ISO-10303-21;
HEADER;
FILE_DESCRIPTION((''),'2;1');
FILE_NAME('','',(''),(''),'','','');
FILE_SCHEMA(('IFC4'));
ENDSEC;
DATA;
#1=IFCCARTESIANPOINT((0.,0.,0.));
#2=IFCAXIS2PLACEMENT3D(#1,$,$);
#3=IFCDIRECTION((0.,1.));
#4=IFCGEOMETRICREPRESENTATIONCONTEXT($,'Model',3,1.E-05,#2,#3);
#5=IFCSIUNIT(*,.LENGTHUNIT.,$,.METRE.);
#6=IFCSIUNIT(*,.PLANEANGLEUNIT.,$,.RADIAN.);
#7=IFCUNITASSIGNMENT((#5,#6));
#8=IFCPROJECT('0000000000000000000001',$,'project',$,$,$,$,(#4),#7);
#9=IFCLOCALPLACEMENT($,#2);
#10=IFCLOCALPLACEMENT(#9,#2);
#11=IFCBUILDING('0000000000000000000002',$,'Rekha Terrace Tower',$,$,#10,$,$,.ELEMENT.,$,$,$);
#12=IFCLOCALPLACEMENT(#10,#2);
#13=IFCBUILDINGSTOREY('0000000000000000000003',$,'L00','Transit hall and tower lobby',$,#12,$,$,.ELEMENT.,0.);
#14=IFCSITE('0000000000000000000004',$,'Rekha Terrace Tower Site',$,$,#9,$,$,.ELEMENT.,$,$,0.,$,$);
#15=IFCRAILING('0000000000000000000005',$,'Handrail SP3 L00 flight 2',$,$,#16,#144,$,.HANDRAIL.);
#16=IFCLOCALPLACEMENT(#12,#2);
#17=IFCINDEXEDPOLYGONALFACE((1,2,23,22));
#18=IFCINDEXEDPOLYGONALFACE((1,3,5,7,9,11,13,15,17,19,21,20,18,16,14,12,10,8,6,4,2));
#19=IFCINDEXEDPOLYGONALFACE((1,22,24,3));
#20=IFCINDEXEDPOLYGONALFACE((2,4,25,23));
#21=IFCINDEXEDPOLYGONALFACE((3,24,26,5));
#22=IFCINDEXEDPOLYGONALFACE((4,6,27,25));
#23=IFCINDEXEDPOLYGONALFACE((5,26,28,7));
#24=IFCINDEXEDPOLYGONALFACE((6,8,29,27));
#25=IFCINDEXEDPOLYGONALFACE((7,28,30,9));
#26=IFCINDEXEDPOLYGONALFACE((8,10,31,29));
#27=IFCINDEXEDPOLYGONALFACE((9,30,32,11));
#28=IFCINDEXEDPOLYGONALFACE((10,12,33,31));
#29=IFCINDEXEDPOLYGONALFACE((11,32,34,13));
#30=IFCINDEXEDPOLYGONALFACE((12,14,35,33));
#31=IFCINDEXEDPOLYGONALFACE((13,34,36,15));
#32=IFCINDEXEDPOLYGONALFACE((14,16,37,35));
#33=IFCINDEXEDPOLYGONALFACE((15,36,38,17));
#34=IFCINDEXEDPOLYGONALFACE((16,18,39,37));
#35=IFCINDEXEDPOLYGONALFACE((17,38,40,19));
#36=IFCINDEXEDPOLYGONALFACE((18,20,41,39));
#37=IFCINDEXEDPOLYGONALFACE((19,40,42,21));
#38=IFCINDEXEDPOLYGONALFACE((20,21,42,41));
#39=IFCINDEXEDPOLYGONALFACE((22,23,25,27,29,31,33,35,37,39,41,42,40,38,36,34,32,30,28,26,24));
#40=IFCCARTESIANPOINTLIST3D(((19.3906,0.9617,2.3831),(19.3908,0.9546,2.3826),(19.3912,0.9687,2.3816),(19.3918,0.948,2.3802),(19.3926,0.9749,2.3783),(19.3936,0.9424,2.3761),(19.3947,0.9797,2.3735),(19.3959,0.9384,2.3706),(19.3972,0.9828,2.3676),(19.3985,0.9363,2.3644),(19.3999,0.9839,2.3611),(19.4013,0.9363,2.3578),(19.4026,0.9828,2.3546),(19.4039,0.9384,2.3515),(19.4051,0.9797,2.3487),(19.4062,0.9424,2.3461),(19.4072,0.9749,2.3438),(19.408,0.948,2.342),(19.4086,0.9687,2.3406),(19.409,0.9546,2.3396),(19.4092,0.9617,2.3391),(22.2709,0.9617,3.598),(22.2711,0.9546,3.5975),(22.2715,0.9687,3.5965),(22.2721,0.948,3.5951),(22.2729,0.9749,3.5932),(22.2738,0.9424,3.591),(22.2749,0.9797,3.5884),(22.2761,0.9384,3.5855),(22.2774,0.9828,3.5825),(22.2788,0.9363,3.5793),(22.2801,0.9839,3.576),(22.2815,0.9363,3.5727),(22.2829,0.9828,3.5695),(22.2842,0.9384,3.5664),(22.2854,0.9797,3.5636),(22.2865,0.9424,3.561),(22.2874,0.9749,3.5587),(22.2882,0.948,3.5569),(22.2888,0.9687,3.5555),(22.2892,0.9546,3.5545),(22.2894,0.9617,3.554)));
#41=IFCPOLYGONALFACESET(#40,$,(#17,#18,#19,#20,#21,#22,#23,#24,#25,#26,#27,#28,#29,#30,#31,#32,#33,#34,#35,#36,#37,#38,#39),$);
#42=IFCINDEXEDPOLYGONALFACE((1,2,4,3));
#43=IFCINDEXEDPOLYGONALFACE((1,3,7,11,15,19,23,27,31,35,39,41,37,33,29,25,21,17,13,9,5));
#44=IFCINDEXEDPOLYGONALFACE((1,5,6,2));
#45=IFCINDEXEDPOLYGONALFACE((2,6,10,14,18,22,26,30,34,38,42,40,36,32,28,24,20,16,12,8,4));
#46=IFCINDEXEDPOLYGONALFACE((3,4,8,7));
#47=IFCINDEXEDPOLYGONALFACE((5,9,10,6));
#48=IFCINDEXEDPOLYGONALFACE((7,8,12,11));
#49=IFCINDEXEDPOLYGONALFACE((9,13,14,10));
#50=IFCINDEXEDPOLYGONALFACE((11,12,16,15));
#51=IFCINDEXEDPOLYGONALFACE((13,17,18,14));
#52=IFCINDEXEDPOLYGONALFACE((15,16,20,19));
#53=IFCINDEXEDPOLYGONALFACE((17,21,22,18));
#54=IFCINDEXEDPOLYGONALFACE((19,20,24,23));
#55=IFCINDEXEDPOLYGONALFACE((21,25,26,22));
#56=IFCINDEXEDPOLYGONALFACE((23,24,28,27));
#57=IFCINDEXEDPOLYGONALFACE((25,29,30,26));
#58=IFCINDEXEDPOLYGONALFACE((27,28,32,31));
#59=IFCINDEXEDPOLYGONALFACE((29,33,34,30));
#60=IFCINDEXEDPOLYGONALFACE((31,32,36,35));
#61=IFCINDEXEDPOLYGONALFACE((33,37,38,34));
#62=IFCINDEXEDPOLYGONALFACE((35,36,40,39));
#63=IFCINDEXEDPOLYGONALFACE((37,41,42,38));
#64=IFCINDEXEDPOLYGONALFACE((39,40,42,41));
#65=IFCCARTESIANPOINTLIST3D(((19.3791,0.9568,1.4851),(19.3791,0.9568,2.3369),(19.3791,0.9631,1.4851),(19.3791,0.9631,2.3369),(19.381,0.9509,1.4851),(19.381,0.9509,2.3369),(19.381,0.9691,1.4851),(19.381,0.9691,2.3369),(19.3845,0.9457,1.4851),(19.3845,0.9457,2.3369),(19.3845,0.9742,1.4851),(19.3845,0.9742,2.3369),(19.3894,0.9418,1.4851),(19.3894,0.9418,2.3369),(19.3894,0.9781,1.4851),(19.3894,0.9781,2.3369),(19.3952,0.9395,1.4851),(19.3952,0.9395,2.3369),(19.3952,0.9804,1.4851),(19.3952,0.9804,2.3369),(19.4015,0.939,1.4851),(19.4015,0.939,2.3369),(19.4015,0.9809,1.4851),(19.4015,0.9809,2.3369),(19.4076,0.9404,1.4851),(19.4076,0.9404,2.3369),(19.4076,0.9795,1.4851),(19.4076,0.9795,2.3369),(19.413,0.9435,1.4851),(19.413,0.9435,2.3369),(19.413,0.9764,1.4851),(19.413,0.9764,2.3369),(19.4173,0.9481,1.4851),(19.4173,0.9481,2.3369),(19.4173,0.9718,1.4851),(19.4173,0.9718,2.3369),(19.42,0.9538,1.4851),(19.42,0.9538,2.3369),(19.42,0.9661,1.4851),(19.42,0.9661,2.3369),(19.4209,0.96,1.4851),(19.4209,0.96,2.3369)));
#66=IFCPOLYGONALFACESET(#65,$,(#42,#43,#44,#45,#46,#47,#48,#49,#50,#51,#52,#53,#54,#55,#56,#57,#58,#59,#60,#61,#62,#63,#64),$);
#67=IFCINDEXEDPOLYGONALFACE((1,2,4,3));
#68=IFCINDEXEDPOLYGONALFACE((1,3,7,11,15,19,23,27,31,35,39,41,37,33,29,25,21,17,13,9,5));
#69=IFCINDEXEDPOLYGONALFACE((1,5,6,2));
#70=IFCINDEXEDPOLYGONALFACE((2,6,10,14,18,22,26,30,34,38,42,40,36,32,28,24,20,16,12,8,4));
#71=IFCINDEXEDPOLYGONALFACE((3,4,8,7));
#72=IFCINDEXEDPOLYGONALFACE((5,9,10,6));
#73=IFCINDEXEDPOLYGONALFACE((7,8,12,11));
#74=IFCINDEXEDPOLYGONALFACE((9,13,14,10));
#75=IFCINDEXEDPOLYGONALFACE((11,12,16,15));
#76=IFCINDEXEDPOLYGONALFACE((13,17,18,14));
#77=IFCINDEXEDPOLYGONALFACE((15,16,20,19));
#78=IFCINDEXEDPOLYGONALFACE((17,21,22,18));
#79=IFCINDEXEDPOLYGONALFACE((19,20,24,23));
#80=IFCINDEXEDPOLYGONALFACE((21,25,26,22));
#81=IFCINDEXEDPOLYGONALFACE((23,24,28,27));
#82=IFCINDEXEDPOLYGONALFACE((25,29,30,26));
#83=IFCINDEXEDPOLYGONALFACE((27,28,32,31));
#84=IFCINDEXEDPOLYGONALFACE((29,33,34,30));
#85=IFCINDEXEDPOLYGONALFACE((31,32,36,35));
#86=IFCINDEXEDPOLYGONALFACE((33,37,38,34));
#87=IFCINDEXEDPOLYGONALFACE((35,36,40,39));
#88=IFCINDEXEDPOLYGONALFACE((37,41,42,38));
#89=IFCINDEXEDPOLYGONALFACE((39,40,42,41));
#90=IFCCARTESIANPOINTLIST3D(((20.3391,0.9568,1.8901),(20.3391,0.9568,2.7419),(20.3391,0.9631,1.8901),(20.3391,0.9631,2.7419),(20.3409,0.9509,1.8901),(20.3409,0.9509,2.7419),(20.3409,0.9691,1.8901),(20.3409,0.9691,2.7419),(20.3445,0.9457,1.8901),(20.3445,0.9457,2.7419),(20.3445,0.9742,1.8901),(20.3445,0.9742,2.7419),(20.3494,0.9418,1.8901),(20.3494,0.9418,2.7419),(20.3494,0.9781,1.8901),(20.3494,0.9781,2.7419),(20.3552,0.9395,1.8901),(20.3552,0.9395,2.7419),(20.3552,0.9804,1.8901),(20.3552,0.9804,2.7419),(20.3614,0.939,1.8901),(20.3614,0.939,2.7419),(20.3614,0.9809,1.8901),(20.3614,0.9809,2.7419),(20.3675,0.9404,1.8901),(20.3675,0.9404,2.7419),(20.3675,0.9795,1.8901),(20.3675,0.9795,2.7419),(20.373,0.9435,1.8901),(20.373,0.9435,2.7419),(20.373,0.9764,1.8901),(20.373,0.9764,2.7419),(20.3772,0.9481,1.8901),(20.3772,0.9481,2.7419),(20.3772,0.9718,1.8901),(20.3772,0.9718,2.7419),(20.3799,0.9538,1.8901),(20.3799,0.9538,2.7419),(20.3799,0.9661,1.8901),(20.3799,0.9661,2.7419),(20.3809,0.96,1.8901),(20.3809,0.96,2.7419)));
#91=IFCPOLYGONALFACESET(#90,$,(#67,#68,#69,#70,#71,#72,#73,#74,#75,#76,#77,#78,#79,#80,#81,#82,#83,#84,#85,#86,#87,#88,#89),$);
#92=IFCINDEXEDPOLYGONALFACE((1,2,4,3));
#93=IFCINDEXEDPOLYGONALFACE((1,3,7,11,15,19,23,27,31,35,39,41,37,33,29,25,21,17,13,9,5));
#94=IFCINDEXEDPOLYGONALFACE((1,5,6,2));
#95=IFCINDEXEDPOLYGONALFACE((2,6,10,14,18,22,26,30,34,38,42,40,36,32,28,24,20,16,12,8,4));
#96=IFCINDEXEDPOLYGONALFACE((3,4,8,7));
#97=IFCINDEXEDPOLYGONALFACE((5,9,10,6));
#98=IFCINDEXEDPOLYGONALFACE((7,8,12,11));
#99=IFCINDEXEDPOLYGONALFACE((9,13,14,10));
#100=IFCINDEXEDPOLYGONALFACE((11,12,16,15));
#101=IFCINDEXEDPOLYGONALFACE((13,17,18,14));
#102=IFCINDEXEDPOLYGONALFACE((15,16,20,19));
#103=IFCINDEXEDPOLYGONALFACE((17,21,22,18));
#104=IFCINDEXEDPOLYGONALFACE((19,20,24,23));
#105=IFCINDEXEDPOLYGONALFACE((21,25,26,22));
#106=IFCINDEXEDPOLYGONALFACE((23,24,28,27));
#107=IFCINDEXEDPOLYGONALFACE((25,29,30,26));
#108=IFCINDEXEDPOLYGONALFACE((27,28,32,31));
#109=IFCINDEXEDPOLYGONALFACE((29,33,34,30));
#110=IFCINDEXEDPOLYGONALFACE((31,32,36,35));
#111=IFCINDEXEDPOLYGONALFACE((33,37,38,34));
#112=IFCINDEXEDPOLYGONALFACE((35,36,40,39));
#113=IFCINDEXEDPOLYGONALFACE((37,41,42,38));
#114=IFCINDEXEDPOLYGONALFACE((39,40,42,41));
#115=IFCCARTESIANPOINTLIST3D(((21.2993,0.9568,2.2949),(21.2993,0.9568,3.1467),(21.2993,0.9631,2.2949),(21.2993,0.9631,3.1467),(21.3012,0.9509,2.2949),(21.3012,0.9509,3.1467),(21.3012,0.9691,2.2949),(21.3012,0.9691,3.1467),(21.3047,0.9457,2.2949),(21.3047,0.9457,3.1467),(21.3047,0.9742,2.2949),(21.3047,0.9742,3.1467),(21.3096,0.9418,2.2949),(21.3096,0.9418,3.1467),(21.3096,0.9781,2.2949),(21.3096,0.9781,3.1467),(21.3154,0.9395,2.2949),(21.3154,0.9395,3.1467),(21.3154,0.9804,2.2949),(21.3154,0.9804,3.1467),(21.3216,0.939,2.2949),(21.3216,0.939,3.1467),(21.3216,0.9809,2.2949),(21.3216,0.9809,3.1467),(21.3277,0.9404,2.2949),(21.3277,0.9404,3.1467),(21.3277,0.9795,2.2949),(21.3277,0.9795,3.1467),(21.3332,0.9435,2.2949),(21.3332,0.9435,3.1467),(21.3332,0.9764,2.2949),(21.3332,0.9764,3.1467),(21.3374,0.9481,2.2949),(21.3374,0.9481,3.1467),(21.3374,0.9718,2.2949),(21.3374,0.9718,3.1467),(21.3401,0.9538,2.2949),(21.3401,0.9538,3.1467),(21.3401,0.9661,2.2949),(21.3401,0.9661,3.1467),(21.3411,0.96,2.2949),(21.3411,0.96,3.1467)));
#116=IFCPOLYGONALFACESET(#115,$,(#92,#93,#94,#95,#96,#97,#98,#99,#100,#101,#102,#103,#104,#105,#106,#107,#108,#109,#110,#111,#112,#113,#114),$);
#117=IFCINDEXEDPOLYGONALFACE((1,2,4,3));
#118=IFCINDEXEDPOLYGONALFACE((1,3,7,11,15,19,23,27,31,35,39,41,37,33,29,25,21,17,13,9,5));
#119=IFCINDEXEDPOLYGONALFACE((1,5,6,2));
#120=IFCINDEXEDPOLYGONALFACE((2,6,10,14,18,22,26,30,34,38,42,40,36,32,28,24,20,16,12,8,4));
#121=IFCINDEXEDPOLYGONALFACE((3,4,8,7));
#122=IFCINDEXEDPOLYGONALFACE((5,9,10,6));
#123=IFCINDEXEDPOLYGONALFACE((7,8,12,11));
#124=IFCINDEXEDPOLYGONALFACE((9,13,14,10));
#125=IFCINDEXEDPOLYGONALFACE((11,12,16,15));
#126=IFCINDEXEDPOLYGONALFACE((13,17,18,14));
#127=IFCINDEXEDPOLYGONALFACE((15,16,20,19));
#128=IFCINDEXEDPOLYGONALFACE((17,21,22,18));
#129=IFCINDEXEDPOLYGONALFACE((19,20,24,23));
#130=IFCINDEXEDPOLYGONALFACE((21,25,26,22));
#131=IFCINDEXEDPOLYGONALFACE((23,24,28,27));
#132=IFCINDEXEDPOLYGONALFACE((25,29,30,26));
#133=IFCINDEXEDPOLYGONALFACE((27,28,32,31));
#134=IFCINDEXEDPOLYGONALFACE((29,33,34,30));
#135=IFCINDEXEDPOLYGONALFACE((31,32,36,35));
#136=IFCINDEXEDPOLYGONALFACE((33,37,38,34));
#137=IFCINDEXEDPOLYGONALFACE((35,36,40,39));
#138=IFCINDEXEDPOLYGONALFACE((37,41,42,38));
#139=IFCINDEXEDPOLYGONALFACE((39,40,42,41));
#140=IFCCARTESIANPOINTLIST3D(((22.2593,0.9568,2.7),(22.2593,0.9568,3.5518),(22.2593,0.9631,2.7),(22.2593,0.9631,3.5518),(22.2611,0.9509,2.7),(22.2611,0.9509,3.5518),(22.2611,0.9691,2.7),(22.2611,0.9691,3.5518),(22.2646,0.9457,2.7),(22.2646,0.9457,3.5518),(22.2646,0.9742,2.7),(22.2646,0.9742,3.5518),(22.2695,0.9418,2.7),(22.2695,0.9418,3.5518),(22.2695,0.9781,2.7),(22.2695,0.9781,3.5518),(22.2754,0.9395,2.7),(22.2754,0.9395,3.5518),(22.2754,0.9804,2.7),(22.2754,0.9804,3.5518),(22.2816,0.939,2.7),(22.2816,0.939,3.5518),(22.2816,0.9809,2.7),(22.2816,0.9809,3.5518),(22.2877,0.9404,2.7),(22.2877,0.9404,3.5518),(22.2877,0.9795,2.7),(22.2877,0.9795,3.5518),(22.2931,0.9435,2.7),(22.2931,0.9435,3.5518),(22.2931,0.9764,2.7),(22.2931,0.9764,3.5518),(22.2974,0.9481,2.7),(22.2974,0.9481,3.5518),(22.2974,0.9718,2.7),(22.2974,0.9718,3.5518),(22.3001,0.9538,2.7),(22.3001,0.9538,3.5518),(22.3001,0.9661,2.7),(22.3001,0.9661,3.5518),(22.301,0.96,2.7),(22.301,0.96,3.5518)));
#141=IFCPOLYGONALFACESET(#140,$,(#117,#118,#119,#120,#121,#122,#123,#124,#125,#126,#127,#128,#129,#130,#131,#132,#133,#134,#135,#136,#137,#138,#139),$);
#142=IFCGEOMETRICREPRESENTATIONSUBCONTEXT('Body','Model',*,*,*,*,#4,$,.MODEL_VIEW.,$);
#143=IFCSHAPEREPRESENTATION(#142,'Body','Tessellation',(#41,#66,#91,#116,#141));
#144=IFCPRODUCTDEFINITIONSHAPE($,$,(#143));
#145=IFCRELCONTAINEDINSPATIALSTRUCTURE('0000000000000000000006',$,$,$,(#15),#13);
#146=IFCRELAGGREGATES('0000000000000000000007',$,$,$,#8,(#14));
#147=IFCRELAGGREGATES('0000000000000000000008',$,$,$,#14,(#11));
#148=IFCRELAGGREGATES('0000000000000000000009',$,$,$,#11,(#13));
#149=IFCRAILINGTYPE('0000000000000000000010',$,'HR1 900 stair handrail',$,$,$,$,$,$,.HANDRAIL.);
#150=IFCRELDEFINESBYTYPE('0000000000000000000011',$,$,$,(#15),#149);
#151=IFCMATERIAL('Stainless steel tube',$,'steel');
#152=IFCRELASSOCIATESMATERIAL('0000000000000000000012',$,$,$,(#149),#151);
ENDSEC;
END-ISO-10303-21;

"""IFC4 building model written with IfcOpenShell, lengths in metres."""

from ifc_helpers import new_model, si_unit, direction, frame, origin, origin_2d, place, context, subcontext, project, spatial, circle, extrude, material, type_object, element, save


model = new_model("IFC4")

# Units and contexts
model_context = context("Model", 3, precision=1e-05, world=origin(), true_north=direction((0.0, 1.0)))
body_context = subcontext(model_context, "Body", "Model", "MODEL_VIEW")
ifc_project = project(units=[si_unit("LENGTHUNIT", "METRE"), si_unit("PLANEANGLEUNIT", "RADIAN")], contexts=[model_context])

# Site, building, storey
site_placement = place(None, origin())
site = spatial("IfcSite", under=ifc_project, at=site_placement, Name="Rekha Terrace Tower Site", CompositionType="ELEMENT", RefElevation=0.0)
building_placement = place(site_placement, origin())
building = spatial("IfcBuilding", under=site, at=building_placement, Name="Rekha Terrace Tower", CompositionType="ELEMENT")
storey_placement = place(building_placement, origin())
storey = spatial("IfcBuildingStorey", under=building, at=storey_placement, Name="L00", Description="Transit hall and tower lobby", CompositionType="ELEMENT", Elevation=0.0)

# Railing
ifc_material_1 = material(Name="Stainless steel tube", Category="steel")
railing_type_1 = type_object("IfcRailingType", Name="HR1 900 stair handrail", PredefinedType="HANDRAIL", material=ifc_material_1)
railing_1_placement = place(storey_placement, frame((19.3999, 0.96, 1.4851)))
element("IfcRailing", 1, at=railing_1_placement, inside=storey, type_object=railing_type_1, Name="Handrail SP3 L00 flight 2", PredefinedType="HANDRAIL", context=body_context, shape_type="SweptSolid", body=[
    extrude(circle(Radius=0.0239, at=origin_2d()), frame((0.0, 0.0, 0.876), z_axis=(0.921388, 0.0, 0.388644), x_axis=(0.0, 1.0, 0.0)), (0.0, 0.0, 1.0), 3.126),
    extrude(circle(Radius=0.021, at=origin_2d()), origin(), (0.0, 0.0, 1.0), 0.8518),
    extrude(circle(Radius=0.021, at=origin_2d()), frame((0.96, 0.0, 0.405)), (0.0, 0.0, 1.0), 0.8518),
    extrude(circle(Radius=0.021, at=origin_2d()), frame((1.9202, 0.0, 0.8098)), (0.0, 0.0, 1.0), 0.8518),
    extrude(circle(Radius=0.021, at=origin_2d()), frame((2.8801, 0.0, 1.2148)), (0.0, 0.0, 1.0), 0.8518),
])

save(model, "model.ifc")
